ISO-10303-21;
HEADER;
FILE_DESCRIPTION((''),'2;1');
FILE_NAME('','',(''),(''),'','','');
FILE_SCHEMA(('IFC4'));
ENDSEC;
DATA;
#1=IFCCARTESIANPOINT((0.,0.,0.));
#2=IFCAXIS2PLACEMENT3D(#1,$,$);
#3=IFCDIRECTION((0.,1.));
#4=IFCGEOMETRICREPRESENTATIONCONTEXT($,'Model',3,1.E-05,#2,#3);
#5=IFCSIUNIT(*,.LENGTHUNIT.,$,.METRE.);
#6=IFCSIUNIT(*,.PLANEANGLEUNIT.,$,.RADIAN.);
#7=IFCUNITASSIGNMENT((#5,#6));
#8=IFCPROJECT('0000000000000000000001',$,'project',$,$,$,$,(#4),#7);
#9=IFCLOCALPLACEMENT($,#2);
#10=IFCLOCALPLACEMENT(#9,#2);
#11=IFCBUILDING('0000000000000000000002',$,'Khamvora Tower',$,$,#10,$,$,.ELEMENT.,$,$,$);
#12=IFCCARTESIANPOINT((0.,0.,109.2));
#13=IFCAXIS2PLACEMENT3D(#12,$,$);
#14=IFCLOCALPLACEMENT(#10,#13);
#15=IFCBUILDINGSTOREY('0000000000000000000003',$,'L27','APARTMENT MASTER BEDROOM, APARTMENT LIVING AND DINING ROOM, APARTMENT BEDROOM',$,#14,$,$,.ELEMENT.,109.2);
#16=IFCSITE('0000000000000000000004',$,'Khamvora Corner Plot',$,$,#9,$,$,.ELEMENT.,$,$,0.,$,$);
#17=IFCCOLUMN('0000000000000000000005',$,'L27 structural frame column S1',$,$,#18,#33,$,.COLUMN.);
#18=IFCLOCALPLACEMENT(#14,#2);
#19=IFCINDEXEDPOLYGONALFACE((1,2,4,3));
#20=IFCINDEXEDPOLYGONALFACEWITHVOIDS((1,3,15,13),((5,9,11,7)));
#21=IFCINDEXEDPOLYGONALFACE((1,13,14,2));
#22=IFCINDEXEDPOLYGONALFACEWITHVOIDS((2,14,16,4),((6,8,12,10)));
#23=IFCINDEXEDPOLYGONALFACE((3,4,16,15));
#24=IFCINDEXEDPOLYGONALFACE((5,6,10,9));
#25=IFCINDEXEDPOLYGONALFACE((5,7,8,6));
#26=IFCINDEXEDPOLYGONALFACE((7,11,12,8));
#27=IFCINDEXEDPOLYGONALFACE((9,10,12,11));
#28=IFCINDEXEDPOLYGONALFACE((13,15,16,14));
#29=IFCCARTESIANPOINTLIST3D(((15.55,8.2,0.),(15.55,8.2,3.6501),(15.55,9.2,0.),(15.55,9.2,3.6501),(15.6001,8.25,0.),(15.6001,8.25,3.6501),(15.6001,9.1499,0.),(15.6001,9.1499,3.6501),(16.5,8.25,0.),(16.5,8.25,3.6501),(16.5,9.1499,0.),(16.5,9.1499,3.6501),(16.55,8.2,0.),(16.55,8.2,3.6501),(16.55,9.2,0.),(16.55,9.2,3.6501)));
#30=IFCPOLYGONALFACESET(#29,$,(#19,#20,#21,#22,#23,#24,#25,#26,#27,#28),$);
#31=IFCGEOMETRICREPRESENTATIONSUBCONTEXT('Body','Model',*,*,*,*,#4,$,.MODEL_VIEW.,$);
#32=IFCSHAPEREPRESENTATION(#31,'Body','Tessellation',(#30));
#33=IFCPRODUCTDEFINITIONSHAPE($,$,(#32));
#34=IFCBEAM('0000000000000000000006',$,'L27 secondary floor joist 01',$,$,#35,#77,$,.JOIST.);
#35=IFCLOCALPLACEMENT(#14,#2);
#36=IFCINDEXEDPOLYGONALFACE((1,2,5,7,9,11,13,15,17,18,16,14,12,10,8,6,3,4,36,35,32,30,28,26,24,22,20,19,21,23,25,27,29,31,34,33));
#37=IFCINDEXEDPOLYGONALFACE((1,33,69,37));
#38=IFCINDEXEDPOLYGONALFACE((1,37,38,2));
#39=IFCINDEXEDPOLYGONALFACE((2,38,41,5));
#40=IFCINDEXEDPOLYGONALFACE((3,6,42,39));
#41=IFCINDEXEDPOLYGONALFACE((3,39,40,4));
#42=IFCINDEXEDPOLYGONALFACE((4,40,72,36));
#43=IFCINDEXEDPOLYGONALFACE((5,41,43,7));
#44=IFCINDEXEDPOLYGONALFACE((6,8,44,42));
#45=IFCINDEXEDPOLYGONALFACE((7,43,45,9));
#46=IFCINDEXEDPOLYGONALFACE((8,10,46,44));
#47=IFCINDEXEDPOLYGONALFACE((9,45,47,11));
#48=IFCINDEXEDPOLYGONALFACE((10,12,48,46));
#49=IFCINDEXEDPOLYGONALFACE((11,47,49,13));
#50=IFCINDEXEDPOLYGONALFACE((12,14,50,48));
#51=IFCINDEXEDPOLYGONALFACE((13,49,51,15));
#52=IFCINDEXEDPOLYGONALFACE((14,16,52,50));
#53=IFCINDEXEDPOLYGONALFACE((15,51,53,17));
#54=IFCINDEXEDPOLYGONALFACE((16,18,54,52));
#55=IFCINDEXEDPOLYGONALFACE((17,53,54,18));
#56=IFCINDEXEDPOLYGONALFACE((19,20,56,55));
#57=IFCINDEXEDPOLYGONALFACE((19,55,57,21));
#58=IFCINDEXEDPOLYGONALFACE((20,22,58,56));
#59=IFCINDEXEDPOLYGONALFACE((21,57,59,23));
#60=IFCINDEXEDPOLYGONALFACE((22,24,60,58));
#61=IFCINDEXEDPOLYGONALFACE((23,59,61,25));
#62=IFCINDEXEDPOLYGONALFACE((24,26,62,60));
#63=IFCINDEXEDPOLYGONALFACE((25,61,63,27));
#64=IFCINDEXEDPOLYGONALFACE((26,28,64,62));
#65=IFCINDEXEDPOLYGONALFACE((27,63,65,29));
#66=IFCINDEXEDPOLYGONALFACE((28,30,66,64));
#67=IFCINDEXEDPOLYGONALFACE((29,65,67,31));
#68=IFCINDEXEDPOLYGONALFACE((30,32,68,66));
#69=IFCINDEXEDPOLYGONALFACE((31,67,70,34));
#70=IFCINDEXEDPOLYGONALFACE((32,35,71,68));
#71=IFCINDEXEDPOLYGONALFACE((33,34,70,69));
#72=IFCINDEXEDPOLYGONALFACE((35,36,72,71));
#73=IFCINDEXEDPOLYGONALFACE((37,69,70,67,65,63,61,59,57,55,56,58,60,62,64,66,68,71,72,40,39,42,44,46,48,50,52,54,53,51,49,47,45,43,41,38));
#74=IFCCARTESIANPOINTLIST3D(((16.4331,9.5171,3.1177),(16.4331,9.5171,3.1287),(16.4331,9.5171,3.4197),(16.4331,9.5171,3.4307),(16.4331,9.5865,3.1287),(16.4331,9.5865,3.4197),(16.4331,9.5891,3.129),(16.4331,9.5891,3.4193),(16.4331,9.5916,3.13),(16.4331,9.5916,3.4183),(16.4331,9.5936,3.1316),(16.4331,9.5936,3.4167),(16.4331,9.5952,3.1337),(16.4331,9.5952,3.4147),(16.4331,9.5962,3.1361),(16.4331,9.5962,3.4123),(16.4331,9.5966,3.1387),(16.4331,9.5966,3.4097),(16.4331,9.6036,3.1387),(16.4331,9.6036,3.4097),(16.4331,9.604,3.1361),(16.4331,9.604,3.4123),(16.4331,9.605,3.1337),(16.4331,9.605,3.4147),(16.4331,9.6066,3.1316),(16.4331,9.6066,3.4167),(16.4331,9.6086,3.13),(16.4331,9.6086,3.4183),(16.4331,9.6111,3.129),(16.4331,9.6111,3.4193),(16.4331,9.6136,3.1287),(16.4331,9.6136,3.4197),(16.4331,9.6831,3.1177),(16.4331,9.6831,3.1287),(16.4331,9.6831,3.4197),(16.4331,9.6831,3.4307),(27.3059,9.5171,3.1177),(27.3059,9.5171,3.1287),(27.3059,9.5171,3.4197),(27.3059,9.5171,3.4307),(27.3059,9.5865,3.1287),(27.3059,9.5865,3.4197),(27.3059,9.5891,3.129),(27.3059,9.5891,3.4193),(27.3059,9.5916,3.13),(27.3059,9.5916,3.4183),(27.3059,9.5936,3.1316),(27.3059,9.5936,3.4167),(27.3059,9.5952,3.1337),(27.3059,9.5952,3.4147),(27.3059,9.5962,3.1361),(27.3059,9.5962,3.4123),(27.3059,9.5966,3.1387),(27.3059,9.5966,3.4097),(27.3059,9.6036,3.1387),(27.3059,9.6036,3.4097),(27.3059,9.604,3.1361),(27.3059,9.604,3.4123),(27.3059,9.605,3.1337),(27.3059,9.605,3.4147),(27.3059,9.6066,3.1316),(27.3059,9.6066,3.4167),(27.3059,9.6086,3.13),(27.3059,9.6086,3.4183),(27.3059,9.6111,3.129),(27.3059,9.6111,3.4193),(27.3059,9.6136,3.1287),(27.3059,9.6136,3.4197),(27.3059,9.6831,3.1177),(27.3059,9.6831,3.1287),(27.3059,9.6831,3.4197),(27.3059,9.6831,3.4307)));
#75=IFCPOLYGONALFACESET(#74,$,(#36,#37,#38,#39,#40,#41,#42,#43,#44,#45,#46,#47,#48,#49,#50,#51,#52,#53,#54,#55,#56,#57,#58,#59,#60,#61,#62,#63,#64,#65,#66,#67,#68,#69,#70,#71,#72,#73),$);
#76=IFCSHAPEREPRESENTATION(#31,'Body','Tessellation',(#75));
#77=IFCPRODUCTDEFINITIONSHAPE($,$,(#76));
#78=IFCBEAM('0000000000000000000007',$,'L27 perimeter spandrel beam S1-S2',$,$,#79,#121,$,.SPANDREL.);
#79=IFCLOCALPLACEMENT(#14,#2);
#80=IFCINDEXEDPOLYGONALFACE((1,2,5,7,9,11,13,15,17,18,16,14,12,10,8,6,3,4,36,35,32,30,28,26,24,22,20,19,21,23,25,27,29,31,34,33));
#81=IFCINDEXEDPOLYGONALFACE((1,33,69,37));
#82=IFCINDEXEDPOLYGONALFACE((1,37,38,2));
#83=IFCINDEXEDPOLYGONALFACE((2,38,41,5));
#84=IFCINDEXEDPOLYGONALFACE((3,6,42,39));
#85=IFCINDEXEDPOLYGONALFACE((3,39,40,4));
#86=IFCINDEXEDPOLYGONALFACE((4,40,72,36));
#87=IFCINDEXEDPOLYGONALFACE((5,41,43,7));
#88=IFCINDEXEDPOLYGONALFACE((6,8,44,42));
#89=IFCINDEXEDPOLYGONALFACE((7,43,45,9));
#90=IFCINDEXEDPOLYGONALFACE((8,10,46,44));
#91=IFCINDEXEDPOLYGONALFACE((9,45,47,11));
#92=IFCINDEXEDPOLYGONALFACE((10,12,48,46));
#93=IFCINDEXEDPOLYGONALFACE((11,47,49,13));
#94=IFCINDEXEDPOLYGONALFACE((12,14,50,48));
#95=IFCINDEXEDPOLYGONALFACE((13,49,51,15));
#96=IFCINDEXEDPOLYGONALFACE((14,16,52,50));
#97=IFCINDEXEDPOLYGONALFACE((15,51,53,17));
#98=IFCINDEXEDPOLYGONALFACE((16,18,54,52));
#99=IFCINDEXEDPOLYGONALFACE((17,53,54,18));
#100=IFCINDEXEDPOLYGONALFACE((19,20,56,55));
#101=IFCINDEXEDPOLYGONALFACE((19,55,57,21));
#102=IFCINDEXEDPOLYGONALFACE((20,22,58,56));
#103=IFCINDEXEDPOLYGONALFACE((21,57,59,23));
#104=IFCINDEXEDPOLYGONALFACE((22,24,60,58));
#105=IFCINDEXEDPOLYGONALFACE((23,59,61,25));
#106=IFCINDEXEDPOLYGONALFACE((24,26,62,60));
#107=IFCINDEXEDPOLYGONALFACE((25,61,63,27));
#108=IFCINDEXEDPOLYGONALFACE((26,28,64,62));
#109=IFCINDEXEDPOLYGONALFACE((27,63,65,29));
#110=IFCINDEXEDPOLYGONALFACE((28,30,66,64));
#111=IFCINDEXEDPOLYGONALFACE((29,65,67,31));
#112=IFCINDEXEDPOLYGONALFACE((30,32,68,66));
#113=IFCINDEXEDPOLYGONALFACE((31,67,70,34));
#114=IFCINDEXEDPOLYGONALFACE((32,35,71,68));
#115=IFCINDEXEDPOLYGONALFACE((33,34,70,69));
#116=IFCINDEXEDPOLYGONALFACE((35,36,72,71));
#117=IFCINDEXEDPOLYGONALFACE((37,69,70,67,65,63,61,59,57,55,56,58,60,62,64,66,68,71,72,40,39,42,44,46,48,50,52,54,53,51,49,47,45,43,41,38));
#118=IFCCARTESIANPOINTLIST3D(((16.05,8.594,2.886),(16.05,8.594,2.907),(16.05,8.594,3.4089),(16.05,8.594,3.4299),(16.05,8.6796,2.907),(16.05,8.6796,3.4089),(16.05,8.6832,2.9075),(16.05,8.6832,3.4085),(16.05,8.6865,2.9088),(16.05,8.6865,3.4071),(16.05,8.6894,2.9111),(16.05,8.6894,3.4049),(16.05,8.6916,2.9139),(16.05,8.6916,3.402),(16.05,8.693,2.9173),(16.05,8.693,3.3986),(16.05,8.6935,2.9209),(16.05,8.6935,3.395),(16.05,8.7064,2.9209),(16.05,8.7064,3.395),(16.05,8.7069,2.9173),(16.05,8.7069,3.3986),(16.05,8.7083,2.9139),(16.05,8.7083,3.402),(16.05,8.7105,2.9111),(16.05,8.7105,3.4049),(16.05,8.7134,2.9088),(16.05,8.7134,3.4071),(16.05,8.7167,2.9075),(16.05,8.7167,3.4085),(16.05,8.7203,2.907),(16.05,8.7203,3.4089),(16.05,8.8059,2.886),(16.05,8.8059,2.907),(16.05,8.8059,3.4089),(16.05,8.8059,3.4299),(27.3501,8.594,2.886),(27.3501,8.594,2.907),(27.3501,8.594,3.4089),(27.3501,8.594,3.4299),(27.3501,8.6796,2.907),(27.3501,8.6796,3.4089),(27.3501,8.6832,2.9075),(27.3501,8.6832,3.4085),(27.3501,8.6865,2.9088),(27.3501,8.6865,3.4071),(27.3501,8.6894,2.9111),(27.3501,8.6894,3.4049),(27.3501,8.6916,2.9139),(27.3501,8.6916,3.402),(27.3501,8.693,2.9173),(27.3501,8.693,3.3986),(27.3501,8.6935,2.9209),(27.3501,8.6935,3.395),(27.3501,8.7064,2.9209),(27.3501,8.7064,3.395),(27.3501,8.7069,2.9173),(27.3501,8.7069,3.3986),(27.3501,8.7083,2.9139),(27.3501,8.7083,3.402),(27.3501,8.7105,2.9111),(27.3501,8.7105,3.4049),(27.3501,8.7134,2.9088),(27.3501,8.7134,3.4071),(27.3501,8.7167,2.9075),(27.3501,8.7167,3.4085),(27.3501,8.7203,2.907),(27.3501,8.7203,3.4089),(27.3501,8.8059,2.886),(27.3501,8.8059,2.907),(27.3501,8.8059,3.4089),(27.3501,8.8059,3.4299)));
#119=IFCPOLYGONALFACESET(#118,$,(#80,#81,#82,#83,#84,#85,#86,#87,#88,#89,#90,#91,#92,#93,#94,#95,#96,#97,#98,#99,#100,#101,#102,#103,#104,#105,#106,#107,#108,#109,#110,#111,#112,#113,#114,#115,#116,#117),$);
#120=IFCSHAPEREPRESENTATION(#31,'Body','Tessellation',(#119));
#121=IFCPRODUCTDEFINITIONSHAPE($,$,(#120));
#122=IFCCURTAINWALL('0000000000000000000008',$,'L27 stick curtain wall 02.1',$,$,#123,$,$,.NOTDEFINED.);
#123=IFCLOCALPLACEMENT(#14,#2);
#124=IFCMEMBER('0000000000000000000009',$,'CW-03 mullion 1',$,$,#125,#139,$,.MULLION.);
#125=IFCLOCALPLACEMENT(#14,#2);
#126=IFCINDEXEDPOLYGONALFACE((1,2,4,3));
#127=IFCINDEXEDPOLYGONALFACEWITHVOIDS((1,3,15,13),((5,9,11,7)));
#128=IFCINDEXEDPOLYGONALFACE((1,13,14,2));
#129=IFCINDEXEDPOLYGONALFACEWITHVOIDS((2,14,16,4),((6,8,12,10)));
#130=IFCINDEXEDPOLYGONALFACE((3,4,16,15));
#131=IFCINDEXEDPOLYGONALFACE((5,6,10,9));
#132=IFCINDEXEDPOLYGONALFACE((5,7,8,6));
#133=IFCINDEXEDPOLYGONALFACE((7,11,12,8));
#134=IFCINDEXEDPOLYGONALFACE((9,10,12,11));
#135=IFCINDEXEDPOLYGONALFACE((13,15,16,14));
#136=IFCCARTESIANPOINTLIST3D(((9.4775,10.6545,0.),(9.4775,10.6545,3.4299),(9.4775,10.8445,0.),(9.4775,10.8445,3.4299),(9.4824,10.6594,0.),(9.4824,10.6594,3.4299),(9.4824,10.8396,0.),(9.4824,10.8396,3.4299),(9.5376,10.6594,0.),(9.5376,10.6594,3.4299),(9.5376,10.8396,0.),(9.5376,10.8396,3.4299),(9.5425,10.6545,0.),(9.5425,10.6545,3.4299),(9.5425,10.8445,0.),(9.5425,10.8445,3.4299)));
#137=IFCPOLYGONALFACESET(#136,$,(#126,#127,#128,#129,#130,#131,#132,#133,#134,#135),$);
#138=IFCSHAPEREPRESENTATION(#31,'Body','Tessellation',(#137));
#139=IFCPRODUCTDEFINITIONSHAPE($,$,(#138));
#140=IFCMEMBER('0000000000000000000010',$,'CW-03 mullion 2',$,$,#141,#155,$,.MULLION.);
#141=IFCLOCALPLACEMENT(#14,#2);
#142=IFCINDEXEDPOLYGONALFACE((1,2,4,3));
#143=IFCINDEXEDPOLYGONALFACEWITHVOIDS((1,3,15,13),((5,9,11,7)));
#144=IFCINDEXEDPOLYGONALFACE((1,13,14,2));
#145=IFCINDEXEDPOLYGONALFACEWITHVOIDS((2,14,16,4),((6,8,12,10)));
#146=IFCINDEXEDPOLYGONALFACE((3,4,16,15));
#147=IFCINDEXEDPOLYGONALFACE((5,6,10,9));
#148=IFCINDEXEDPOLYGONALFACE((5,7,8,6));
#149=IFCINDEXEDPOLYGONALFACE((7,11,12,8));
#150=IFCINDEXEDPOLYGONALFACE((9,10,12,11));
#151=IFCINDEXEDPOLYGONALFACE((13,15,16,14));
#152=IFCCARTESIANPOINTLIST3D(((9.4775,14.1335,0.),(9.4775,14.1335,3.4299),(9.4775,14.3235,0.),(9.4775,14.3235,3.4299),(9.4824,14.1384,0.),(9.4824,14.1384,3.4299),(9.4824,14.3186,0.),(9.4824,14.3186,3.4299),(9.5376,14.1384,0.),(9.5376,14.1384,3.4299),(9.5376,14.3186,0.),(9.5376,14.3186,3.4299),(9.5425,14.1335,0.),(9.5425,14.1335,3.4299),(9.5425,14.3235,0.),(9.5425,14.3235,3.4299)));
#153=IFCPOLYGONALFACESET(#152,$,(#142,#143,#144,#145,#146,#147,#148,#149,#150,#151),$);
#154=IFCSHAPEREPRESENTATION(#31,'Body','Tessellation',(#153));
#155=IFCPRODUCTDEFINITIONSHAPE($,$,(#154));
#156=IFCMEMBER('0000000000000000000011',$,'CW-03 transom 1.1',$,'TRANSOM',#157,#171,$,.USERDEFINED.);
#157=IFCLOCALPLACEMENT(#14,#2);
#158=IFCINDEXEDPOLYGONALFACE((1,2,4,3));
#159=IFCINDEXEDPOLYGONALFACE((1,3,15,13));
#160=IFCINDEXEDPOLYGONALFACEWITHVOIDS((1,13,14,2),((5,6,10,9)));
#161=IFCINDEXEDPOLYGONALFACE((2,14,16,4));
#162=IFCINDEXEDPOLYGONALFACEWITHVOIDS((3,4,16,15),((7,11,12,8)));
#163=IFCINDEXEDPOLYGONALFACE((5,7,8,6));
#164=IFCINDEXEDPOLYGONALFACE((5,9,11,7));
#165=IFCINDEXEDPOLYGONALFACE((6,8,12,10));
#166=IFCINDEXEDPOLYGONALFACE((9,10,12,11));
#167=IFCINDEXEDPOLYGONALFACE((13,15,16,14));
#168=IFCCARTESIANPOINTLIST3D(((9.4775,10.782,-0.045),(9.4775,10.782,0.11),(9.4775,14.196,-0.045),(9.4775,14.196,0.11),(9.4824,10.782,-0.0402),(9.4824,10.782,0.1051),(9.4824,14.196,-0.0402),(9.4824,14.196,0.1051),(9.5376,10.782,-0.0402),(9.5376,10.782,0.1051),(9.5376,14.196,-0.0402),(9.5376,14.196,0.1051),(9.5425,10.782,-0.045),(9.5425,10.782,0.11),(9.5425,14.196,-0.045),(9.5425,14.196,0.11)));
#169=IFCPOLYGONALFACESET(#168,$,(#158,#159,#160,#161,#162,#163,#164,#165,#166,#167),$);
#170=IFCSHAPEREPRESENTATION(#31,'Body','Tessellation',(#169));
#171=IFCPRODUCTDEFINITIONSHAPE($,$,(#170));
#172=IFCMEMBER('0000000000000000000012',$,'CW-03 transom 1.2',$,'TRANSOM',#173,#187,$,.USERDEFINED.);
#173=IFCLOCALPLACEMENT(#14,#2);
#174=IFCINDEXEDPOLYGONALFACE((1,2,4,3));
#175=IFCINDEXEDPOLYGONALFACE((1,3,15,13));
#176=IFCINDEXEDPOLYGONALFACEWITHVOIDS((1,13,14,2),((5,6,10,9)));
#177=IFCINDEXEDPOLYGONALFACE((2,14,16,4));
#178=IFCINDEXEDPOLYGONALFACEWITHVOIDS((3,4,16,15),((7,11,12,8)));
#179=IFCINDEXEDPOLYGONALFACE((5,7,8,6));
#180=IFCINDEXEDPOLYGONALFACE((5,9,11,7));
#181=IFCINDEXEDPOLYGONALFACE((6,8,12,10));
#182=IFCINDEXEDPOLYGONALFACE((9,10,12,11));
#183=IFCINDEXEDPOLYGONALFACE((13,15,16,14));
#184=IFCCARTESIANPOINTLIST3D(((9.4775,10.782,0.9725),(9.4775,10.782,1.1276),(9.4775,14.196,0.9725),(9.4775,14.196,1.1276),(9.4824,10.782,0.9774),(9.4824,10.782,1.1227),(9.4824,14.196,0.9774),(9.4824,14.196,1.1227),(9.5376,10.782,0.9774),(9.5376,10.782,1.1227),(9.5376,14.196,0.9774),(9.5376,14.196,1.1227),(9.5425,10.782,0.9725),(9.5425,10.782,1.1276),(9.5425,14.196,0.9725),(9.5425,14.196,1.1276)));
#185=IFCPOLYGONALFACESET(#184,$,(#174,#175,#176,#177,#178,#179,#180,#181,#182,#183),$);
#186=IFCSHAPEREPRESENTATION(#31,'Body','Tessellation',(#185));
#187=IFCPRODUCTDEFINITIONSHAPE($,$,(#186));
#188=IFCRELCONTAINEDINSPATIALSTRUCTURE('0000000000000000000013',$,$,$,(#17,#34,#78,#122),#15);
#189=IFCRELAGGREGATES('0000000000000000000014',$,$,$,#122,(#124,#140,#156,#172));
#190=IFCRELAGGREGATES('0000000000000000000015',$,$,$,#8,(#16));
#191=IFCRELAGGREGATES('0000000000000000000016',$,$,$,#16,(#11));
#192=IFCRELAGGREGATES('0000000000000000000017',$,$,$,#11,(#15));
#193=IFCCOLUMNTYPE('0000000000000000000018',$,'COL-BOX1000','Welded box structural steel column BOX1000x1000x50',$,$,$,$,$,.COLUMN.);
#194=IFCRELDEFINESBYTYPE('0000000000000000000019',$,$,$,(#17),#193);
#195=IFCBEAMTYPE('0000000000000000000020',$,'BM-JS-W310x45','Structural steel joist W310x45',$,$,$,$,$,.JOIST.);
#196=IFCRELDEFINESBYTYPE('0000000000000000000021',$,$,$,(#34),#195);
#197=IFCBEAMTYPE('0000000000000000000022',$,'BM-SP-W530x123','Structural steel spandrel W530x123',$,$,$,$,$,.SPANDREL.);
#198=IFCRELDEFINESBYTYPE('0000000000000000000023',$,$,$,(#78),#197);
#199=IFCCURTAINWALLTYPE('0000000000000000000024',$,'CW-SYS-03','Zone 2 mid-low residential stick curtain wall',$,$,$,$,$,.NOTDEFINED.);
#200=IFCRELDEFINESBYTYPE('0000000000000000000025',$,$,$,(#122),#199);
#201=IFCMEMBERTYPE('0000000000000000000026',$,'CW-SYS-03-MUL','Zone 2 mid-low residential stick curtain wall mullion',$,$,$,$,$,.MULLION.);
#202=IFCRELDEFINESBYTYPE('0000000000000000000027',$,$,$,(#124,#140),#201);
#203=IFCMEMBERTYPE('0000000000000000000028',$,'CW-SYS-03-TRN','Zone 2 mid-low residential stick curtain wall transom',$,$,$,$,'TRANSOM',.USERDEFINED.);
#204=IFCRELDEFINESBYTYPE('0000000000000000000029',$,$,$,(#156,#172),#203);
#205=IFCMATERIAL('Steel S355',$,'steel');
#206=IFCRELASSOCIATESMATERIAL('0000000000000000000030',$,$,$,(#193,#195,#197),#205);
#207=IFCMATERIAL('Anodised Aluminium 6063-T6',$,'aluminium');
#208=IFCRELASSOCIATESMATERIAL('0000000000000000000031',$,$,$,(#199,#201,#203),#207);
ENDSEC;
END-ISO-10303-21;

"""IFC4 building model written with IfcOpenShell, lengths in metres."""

from ifc_helpers import new_model, si_unit, direction, frame, origin, origin_2d, place, context, subcontext, project, spatial, hollow_rectangle, i_section, extrude, material, material_profile, profile_set, type_object, element, aggregate, save


model = new_model("IFC4")

# Units and contexts
model_context = context("Model", 3, precision=1e-05, world=origin(), true_north=direction((0.0, 1.0)))
body_context = subcontext(model_context, "Body", "Model", "MODEL_VIEW")
ifc_project = project(units=[si_unit("LENGTHUNIT", "METRE"), si_unit("PLANEANGLEUNIT", "RADIAN")], contexts=[model_context])

# Site, building, storey
site_placement = place(None, origin())
site = spatial("IfcSite", under=ifc_project, at=site_placement, Name="Khamvora Corner Plot", CompositionType="ELEMENT", RefElevation=0.0)
building_placement = place(site_placement, origin())
building = spatial("IfcBuilding", under=site, at=building_placement, Name="Khamvora Tower", CompositionType="ELEMENT")
storey_placement = place(building_placement, frame((0.0, 0.0, 109.2)))
storey = spatial("IfcBuildingStorey", under=building, at=storey_placement, Name="L27", Description="APARTMENT MASTER BEDROOM, APARTMENT LIVING AND DINING ROOM, APARTMENT BEDROOM", CompositionType="ELEMENT", Elevation=109.2)

# Column
ifc_material_1 = material(Name="Steel S355", Category="steel")
ifc_material_profile_1 = material_profile(ifc_material_1, hollow_rectangle(XDim=1.0, YDim=1.0, WallThickness=0.05, at=origin_2d()), Name="BOX1000x1000x50")
ifc_profile_set_1 = profile_set([ifc_material_profile_1], Name="Steel S355")
column_type = type_object("IfcColumnType", Name="COL-BOX1000", Description="Welded box structural steel column BOX1000x1000x50", PredefinedType="COLUMN", material=ifc_profile_set_1)
column_placement = place(storey_placement, frame((16.05, 8.7, 0.0), z_axis=(0.0, 0.0, 1.0), x_axis=(1.0, 0.0, 0.0)))
element("IfcColumn", 1, at=column_placement, inside=storey, type_object=column_type, Name="L27 structural frame column S1", PredefinedType="COLUMN", context=body_context, shape_type="SweptSolid", body=[
    extrude(hollow_rectangle(XDim=1.0, YDim=1.0, WallThickness=0.05, at=origin_2d()), origin(), (0.0, 0.0, 1.0), 3.6501),
])

# Beams
ifc_material_profile_2 = material_profile(ifc_material_1, i_section(OverallWidth=0.166, OverallDepth=0.313, WebThickness=0.0071, FlangeThickness=0.011, FilletRadius=0.01, at=origin_2d()), Name="W310x45")
ifc_profile_set_2 = profile_set([ifc_material_profile_2], Name="Steel S355")
beam_type_1 = type_object("IfcBeamType", Name="BM-JS-W310x45", Description="Structural steel joist W310x45", PredefinedType="JOIST", material=ifc_profile_set_2)
beam_1_placement = place(storey_placement, frame((16.4331, 9.6001, 3.2742), z_axis=(1.0, 0.0, 0.0), x_axis=(0.0, 1.0, 0.0)))
element("IfcBeam", 2, at=beam_1_placement, inside=storey, type_object=beam_type_1, Name="L27 secondary floor joist 01", PredefinedType="JOIST", context=body_context, shape_type="SweptSolid", body=[
    extrude(i_section(OverallWidth=0.166, OverallDepth=0.313, WebThickness=0.0071, FlangeThickness=0.011, FilletRadius=0.01, at=origin_2d()), origin(), (0.0, 0.0, 1.0), 10.8728),
])
ifc_material_profile_3 = material_profile(ifc_material_1, i_section(OverallWidth=0.2119, OverallDepth=0.5439, WebThickness=0.0129, FlangeThickness=0.021, FilletRadius=0.0139, at=origin_2d()), Name="W530x123")
ifc_profile_set_3 = profile_set([ifc_material_profile_3], Name="Steel S355")
beam_type_2 = type_object("IfcBeamType", Name="BM-SP-W530x123", Description="Structural steel spandrel W530x123", PredefinedType="SPANDREL", material=ifc_profile_set_3)
beam_2_placement = place(storey_placement, frame((16.05, 8.7, 3.158), z_axis=(1.0, 0.0, 0.0), x_axis=(0.0, 1.0, 0.0)))
element("IfcBeam", 3, at=beam_2_placement, inside=storey, type_object=beam_type_2, Name="L27 perimeter spandrel beam S1-S2", PredefinedType="SPANDREL", context=body_context, shape_type="SweptSolid", body=[
    extrude(i_section(OverallWidth=0.2119, OverallDepth=0.5439, WebThickness=0.0129, FlangeThickness=0.021, FilletRadius=0.0139, at=origin_2d()), origin(), (0.0, 0.0, 1.0), 11.3),
])

# Curtain wall, members
ifc_material_2 = material(Name="Anodised Aluminium 6063-T6", Category="aluminium")
curtain_wall_type = type_object("IfcCurtainWallType", Name="CW-SYS-03", Description="Zone 2 mid-low residential stick curtain wall", PredefinedType="NOTDEFINED", material=ifc_material_2)
curtain_wall_placement = place(storey_placement, origin())
curtain_wall = element("IfcCurtainWall", 4, at=curtain_wall_placement, inside=storey, type_object=curtain_wall_type, Name="L27 stick curtain wall 02.1", PredefinedType="NOTDEFINED")
ifc_material_profile_4 = material_profile(ifc_material_2, hollow_rectangle(XDim=0.0649, YDim=0.1899, WallThickness=0.0049, at=origin_2d()), Name="MUL65x190x5")
ifc_profile_set_4 = profile_set([ifc_material_profile_4], Name="Anodised Aluminium 6063-T6")
member_type_1 = type_object("IfcMemberType", Name="CW-SYS-03-MUL", Description="Zone 2 mid-low residential stick curtain wall mullion", PredefinedType="MULLION", material=ifc_profile_set_4)
member_1_placement = place(storey_placement, frame((9.51, 10.7495, 0.0), z_axis=(0.0, 0.0, 1.0), x_axis=(-1.0, 0.0, 0.0)))
member_1 = element("IfcMember", 5, at=member_1_placement, type_object=member_type_1, Name="CW-03 mullion 1", PredefinedType="MULLION", context=body_context, shape_type="SweptSolid", body=[
    extrude(hollow_rectangle(XDim=0.0649, YDim=0.1899, WallThickness=0.0049, at=origin_2d()), origin(), (0.0, 0.0, 1.0), 3.4299),
])
member_2_placement = place(storey_placement, frame((9.51, 14.2285, 0.0), z_axis=(0.0, 0.0, 1.0), x_axis=(-1.0, 0.0, 0.0)))
member_2 = element("IfcMember", 6, at=member_2_placement, type_object=member_type_1, Name="CW-03 mullion 2", PredefinedType="MULLION", context=body_context, shape_type="SweptSolid", body=[
    extrude(hollow_rectangle(XDim=0.0649, YDim=0.1899, WallThickness=0.0049, at=origin_2d()), origin(), (0.0, 0.0, 1.0), 3.4299),
])
ifc_material_profile_5 = material_profile(ifc_material_2, hollow_rectangle(XDim=0.0649, YDim=0.155, WallThickness=0.0049, at=origin_2d()), Name="TRN65x155x5")
ifc_profile_set_5 = profile_set([ifc_material_profile_5], Name="Anodised Aluminium 6063-T6")
member_type_2 = type_object("IfcMemberType", Name="CW-SYS-03-TRN", Description="Zone 2 mid-low residential stick curtain wall transom", ElementType="TRANSOM", PredefinedType="USERDEFINED", material=ifc_profile_set_5)
member_3_placement = place(storey_placement, frame((9.51, 10.782, 0.0325), z_axis=(0.0, 1.0, 0.0), x_axis=(-1.0, 0.0, 0.0)))
member_3 = element("IfcMember", 7, at=member_3_placement, type_object=member_type_2, Name="CW-03 transom 1.1", ObjectType="TRANSOM", PredefinedType="USERDEFINED", context=body_context, shape_type="SweptSolid", body=[
    extrude(hollow_rectangle(XDim=0.0649, YDim=0.155, WallThickness=0.0049, at=origin_2d()), origin(), (0.0, 0.0, 1.0), 3.4141),
])
member_4_placement = place(storey_placement, frame((9.51, 10.782, 1.05), z_axis=(0.0, 1.0, 0.0), x_axis=(-1.0, 0.0, 0.0)))
member_4 = element("IfcMember", 8, at=member_4_placement, type_object=member_type_2, Name="CW-03 transom 1.2", ObjectType="TRANSOM", PredefinedType="USERDEFINED", context=body_context, shape_type="SweptSolid", body=[
    extrude(hollow_rectangle(XDim=0.0649, YDim=0.155, WallThickness=0.0049, at=origin_2d()), origin(), (0.0, 0.0, 1.0), 3.4141),
])
aggregate(curtain_wall, [member_1, member_2, member_3, member_4])

save(model, "model.ifc")
